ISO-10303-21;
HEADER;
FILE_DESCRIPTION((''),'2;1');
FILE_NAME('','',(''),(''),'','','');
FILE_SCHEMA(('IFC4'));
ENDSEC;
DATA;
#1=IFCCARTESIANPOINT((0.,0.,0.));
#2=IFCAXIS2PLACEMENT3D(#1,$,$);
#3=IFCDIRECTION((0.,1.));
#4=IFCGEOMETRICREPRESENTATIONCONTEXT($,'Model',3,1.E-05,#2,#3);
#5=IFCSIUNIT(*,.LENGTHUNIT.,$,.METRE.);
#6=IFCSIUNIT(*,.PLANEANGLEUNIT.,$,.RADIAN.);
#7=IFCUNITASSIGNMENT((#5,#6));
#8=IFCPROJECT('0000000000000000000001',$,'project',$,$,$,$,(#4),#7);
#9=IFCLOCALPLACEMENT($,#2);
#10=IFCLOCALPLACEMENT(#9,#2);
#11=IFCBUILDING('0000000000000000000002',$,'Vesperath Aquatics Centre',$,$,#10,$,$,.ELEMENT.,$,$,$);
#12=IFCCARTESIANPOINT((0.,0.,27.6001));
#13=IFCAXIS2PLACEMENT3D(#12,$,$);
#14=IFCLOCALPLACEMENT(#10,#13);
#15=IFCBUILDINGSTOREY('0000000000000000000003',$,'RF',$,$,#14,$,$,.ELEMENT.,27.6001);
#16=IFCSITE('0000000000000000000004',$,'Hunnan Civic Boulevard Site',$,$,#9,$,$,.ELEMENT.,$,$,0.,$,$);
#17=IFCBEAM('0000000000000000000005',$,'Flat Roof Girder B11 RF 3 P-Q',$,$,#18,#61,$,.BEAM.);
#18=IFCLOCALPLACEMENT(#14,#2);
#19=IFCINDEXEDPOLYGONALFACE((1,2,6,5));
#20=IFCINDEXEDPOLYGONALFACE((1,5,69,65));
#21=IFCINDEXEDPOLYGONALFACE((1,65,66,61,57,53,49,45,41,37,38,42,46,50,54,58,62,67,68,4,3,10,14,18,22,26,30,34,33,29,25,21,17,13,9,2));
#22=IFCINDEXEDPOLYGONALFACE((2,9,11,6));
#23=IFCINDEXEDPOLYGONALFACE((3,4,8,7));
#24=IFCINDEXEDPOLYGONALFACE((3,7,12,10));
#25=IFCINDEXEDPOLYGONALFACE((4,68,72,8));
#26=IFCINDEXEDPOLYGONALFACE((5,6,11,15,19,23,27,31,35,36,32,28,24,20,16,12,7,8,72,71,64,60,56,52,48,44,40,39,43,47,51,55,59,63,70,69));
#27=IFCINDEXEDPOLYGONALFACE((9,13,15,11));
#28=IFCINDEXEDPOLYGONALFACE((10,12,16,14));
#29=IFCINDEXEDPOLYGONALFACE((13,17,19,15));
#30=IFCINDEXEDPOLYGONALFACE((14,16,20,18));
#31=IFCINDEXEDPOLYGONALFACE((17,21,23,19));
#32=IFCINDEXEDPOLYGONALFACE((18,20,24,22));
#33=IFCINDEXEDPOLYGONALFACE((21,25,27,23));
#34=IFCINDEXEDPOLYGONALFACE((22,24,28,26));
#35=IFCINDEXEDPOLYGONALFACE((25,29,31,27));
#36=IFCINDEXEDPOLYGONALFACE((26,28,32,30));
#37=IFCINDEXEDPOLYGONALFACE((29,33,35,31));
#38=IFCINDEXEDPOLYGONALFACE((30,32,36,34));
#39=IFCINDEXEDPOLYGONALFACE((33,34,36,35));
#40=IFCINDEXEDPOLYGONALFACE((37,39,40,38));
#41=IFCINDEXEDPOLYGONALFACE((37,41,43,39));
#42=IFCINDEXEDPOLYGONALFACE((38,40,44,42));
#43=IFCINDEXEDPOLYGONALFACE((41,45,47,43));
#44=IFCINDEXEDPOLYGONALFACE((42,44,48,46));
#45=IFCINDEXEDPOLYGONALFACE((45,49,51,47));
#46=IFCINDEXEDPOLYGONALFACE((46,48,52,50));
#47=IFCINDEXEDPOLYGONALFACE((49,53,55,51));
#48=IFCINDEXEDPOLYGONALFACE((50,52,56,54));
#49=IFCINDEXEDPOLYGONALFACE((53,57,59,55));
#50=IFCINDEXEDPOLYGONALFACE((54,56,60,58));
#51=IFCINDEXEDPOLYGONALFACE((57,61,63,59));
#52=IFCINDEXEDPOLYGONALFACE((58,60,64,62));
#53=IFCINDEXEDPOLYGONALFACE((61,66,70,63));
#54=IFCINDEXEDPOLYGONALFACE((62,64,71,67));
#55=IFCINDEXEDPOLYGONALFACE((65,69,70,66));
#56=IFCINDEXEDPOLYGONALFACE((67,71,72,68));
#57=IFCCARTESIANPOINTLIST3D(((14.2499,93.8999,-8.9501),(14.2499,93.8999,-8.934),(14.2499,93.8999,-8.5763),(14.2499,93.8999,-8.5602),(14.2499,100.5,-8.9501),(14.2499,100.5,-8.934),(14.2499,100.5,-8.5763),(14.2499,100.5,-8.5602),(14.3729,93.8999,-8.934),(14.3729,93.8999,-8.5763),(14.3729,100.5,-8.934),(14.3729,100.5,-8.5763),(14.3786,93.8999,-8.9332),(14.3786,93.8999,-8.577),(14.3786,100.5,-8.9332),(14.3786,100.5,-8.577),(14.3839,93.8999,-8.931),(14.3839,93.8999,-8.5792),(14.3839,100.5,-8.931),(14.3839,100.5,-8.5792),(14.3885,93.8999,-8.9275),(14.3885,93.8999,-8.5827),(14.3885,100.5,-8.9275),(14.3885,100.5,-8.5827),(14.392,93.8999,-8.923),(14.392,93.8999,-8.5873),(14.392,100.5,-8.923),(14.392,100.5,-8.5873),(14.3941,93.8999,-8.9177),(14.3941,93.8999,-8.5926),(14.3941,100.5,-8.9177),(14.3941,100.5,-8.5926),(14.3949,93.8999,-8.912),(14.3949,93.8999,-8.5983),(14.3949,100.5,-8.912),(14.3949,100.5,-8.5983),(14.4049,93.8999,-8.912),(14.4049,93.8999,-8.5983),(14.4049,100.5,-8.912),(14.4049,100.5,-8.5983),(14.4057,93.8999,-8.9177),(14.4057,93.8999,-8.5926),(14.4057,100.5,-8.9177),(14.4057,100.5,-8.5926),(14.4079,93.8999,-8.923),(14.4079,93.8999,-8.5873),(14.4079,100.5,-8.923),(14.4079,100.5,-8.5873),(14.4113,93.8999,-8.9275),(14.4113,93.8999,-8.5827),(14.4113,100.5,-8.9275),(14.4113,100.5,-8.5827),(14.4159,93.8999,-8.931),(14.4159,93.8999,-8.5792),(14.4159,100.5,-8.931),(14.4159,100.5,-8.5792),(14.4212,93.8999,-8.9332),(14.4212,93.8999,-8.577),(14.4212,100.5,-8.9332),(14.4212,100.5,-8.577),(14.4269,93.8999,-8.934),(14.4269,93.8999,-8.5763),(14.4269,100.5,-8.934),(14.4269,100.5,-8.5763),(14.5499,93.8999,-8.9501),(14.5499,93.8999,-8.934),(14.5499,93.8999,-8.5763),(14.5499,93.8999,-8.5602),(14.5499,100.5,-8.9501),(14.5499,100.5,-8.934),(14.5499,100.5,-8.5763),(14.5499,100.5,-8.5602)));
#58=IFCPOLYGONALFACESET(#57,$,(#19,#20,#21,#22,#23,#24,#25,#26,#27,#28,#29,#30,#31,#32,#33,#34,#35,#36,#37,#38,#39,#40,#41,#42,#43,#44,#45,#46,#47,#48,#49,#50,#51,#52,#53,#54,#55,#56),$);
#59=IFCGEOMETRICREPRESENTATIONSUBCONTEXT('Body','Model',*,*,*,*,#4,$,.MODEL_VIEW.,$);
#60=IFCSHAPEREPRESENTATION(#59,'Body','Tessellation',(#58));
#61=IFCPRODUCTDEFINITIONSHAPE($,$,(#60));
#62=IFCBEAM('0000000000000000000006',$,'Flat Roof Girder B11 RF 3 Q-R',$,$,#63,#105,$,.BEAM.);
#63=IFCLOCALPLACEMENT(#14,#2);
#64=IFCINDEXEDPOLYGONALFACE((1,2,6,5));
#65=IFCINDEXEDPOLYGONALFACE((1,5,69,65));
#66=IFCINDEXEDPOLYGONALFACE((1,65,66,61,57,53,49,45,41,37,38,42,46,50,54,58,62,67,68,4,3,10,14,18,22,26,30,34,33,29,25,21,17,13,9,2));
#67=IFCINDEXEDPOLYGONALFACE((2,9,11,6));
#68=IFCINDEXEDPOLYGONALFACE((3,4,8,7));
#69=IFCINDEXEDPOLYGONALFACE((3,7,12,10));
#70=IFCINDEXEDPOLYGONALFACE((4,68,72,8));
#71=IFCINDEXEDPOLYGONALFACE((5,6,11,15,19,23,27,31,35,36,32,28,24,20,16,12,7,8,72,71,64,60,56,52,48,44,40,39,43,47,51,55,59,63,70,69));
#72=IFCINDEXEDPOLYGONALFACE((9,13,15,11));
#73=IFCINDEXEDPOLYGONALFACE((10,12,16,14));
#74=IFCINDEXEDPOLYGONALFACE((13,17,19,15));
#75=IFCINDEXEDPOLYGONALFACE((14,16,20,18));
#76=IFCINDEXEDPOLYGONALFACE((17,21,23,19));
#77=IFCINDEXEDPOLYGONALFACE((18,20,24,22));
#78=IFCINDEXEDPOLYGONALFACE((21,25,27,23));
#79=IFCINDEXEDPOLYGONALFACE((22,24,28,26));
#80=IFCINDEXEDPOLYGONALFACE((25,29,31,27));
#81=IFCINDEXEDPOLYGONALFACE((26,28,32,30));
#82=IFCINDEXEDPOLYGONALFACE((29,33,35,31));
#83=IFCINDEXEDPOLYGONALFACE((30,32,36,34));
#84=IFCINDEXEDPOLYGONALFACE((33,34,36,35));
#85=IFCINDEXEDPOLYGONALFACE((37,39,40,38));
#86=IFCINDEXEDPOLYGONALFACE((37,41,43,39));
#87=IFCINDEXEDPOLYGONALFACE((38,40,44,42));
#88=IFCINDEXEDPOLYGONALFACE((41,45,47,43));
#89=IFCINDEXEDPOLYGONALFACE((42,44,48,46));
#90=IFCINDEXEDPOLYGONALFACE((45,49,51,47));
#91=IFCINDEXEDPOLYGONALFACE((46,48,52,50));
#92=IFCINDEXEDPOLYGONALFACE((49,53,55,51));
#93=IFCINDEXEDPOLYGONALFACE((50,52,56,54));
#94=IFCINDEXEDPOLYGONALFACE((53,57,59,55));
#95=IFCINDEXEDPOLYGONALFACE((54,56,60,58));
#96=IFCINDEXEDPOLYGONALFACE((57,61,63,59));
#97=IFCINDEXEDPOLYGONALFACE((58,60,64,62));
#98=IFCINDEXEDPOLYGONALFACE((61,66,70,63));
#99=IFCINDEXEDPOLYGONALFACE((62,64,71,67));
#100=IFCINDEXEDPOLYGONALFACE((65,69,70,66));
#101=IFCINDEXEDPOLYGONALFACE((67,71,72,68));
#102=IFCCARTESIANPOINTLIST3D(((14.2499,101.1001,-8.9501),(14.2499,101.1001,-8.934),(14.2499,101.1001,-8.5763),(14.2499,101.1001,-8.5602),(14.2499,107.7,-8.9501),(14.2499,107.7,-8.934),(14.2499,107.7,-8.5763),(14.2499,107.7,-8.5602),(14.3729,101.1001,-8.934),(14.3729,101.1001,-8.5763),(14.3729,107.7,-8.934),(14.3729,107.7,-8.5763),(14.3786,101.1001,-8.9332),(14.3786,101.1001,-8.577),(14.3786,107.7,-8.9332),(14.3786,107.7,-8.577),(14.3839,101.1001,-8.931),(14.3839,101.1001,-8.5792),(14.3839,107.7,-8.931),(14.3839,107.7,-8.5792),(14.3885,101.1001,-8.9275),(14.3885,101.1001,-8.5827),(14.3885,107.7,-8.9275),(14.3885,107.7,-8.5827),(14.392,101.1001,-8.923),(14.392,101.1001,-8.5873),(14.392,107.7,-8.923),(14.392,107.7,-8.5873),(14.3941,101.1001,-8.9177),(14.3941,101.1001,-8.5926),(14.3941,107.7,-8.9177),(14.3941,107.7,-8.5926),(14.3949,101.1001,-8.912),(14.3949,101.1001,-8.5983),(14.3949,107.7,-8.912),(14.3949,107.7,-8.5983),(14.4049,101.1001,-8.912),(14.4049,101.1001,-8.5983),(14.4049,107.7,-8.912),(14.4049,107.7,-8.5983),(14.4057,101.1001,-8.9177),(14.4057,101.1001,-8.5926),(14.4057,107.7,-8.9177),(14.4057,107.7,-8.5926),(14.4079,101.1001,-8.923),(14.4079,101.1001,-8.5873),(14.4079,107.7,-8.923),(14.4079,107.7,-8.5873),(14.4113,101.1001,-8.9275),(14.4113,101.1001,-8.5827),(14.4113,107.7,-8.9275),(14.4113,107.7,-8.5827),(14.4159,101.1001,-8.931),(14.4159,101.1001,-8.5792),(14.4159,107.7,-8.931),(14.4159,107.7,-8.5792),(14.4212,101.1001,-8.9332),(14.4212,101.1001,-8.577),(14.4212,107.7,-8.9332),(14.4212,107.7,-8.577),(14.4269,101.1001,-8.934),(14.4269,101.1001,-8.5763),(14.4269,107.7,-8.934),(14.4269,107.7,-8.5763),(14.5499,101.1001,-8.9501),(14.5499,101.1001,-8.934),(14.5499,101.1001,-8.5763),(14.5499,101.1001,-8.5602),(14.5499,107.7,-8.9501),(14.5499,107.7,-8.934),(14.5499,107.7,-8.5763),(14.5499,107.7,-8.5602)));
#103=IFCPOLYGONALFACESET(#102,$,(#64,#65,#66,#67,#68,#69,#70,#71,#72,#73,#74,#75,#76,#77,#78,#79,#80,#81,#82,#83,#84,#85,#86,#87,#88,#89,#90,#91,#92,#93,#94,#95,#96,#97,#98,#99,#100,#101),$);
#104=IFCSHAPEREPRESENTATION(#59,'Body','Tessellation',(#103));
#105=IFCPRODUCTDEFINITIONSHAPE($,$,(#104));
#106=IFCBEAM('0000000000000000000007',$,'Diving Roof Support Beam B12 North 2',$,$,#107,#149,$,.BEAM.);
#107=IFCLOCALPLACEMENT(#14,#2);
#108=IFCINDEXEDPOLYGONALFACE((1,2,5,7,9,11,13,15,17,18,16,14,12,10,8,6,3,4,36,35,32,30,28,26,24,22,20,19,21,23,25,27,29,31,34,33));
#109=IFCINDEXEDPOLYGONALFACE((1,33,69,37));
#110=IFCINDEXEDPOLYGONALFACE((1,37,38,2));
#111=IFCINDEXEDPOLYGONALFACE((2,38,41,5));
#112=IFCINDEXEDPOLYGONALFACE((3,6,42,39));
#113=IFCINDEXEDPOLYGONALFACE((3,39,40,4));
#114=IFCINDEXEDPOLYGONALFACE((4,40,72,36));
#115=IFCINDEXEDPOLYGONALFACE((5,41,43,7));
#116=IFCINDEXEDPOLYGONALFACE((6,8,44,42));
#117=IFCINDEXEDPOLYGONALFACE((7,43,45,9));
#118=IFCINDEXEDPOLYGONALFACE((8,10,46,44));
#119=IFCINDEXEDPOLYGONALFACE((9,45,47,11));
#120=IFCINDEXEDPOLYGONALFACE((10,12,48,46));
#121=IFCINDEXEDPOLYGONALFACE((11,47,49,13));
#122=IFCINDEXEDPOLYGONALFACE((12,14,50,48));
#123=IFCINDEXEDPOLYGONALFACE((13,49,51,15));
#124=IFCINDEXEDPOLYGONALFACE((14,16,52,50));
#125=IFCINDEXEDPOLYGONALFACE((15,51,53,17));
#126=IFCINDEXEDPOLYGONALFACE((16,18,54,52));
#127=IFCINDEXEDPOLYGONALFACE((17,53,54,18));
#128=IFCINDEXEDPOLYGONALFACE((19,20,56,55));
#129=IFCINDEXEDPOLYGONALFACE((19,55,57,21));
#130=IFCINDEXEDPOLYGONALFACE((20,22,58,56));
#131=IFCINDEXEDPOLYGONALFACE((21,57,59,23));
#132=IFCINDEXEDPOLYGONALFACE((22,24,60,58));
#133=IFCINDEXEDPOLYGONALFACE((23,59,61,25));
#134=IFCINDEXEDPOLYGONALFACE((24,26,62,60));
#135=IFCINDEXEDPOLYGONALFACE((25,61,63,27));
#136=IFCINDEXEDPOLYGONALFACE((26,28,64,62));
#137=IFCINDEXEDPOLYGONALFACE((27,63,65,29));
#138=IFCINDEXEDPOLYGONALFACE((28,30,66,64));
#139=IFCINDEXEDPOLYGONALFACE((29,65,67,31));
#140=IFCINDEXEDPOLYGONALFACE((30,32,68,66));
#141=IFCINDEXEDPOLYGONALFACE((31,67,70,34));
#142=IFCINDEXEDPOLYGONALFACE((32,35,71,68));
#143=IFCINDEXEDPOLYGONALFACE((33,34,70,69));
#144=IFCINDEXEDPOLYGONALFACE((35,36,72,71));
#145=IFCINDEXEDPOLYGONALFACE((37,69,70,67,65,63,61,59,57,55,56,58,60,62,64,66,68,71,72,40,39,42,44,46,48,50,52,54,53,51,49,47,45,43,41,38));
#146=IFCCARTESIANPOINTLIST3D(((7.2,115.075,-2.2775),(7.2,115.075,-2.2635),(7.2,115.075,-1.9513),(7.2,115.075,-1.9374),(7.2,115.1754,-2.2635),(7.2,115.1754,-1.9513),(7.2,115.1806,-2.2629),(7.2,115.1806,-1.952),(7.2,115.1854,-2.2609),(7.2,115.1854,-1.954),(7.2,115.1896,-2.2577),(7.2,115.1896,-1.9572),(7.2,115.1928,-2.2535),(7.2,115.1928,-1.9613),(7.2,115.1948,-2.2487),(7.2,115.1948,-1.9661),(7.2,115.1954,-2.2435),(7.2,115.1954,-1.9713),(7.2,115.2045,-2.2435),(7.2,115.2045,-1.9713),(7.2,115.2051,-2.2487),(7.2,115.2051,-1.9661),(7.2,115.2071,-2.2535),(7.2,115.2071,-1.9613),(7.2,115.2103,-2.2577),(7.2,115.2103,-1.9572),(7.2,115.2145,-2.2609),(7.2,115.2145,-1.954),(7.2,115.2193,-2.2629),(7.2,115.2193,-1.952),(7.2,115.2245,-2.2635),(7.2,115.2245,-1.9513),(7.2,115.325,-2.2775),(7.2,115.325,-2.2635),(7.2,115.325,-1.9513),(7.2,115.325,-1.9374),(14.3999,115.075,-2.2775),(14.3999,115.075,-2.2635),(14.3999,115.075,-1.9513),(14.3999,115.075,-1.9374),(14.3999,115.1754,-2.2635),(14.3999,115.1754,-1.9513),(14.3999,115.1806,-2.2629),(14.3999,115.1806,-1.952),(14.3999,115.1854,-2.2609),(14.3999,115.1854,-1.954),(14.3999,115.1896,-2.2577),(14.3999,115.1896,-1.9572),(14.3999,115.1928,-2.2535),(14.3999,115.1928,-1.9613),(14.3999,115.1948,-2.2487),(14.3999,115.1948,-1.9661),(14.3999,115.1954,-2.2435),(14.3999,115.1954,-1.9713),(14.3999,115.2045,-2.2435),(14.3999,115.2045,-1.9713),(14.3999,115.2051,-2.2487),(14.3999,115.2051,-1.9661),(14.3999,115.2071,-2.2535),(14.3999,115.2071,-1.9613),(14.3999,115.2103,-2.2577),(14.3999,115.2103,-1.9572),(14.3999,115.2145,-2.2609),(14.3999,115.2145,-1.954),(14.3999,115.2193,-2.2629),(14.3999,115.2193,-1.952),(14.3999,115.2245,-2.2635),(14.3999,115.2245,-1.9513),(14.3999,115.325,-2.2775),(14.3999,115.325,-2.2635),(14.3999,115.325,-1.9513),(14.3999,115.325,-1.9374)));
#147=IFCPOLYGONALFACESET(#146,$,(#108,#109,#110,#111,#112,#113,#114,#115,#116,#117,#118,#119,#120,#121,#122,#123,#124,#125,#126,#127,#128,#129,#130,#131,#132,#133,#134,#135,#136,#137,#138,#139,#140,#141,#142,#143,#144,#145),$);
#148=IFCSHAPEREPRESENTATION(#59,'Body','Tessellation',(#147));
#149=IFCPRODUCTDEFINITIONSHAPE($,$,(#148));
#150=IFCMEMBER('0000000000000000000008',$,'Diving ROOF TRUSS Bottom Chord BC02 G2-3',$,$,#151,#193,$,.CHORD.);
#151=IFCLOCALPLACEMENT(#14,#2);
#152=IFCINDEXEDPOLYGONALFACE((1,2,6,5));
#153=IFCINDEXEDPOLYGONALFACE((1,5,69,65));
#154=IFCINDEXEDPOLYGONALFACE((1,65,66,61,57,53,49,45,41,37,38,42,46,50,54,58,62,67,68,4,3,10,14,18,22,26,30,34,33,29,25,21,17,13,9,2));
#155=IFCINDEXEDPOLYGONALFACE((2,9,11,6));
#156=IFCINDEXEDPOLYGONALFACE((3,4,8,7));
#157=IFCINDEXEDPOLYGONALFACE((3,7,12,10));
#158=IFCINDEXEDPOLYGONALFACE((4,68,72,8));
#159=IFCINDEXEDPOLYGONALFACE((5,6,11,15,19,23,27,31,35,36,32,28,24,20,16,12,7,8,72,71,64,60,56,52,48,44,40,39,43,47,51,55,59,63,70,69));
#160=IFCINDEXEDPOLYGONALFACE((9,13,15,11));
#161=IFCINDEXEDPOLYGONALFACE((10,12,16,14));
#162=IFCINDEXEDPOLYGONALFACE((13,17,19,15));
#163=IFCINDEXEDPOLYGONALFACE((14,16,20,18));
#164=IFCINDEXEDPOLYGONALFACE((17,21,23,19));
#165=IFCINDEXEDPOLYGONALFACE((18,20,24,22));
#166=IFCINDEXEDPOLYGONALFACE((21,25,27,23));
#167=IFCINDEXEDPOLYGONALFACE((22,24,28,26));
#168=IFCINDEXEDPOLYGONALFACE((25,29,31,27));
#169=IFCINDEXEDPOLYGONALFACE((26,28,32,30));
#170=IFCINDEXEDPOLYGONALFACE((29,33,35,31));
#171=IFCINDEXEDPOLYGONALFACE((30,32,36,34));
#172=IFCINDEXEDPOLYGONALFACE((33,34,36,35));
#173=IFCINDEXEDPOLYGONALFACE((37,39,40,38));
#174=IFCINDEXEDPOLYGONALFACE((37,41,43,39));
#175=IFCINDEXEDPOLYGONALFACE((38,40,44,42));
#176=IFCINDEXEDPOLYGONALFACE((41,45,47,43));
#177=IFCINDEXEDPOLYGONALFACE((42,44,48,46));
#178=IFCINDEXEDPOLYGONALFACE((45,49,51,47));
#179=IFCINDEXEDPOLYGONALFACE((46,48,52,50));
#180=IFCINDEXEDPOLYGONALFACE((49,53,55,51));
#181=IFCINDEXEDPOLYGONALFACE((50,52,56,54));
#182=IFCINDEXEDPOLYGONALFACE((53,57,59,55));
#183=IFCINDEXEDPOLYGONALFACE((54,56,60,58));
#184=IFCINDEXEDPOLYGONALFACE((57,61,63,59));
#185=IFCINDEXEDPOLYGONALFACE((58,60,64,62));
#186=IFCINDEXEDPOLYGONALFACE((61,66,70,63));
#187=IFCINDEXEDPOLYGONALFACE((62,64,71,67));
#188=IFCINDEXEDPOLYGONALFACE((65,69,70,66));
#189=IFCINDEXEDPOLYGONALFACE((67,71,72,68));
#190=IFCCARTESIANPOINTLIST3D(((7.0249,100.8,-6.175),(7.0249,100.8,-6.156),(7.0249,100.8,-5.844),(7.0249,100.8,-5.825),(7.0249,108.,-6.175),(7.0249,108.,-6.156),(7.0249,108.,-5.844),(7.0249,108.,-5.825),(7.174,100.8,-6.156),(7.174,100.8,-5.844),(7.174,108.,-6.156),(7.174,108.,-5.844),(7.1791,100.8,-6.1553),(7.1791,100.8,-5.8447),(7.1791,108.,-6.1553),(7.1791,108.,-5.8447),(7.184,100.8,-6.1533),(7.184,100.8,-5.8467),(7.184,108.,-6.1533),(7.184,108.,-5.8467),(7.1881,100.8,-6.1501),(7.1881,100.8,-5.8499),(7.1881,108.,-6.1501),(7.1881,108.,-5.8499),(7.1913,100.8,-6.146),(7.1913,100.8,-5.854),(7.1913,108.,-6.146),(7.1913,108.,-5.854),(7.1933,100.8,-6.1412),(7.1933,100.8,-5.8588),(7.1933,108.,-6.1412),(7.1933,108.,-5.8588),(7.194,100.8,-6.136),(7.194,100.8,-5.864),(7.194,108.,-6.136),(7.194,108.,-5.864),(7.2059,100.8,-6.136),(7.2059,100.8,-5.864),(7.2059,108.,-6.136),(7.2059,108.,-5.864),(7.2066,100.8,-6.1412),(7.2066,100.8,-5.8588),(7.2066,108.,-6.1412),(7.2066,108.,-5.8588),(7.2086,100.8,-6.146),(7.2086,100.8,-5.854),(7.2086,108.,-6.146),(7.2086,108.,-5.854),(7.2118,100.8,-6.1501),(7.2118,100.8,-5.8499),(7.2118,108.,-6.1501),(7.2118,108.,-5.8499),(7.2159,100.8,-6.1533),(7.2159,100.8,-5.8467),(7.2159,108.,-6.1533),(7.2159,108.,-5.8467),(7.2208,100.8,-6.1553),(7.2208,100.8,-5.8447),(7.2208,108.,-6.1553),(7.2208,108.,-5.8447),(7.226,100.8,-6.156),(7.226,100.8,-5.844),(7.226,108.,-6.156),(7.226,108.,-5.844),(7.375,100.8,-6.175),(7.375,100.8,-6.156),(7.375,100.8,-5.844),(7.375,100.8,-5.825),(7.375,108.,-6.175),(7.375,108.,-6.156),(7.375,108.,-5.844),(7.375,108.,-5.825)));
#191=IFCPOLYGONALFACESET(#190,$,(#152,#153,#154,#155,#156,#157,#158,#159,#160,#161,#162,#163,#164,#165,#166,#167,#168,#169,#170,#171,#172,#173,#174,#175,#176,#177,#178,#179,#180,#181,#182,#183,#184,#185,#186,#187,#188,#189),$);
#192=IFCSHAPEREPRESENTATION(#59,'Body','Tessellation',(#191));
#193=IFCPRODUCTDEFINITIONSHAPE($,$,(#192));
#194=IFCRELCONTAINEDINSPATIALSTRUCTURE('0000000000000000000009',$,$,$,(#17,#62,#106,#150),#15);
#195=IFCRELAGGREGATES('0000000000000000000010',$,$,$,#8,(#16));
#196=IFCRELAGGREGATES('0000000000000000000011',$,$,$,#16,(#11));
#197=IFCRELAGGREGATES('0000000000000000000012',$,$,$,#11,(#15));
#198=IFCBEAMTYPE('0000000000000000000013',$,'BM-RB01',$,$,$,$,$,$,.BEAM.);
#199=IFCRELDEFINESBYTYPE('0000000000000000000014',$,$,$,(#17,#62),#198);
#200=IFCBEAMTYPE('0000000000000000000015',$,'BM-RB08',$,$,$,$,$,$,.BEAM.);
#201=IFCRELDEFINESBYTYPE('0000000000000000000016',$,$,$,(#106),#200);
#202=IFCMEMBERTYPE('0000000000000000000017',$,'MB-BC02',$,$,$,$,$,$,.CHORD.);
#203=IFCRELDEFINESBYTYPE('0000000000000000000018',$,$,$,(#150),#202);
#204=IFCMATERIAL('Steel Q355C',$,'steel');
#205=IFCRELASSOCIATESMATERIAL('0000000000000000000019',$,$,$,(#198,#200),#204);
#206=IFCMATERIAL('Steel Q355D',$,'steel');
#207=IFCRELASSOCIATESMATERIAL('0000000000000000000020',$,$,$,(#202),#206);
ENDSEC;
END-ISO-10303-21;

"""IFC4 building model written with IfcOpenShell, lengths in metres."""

from ifc_helpers import new_model, si_unit, direction, frame, origin, origin_2d, place, context, subcontext, project, spatial, i_section, extrude, material, material_profile, profile_set, type_object, element, save


model = new_model("IFC4")

# Units and contexts
model_context = context("Model", 3, precision=1e-05, world=origin(), true_north=direction((0.0, 1.0)))
body_context = subcontext(model_context, "Body", "Model", "MODEL_VIEW")
ifc_project = project(units=[si_unit("LENGTHUNIT", "METRE"), si_unit("PLANEANGLEUNIT", "RADIAN")], contexts=[model_context])

# Site, building, storey
site_placement = place(None, origin())
site = spatial("IfcSite", under=ifc_project, at=site_placement, Name="Hunnan Civic Boulevard Site", CompositionType="ELEMENT", RefElevation=0.0)
building_placement = place(site_placement, origin())
building = spatial("IfcBuilding", under=site, at=building_placement, Name="Vesperath Aquatics Centre", CompositionType="ELEMENT")
storey_placement = place(building_placement, frame((0.0, 0.0, 27.6001)))
storey = spatial("IfcBuildingStorey", under=building, at=storey_placement, Name="RF", CompositionType="ELEMENT", Elevation=27.6001)

# Beams
ifc_material_1 = material(Name="Steel Q355C", Category="steel")
ifc_material_profile_1 = material_profile(ifc_material_1, i_section(OverallWidth=0.3, OverallDepth=0.3899, WebThickness=0.01, FlangeThickness=0.0161, FilletRadius=0.022, at=origin_2d()), Name="HM 390x300x10x16")
ifc_profile_set_1 = profile_set([ifc_material_profile_1], Name="Steel Q355C")
beam_type_1 = type_object("IfcBeamType", Name="BM-RB01", PredefinedType="BEAM", material=ifc_profile_set_1)
beam_1_placement = place(storey_placement, frame((14.3999, 93.8999, -8.7551), z_axis=(0.0, 1.0, 0.0), x_axis=(-1.0, 0.0, 0.0)))
element("IfcBeam", 1, at=beam_1_placement, inside=storey, type_object=beam_type_1, Name="Flat Roof Girder B11 RF 3 P-Q", PredefinedType="BEAM", context=body_context, shape_type="SweptSolid", body=[
    extrude(i_section(OverallWidth=0.3, OverallDepth=0.3899, WebThickness=0.01, FlangeThickness=0.0161, FilletRadius=0.022, at=origin_2d()), origin(), (0.0, 0.0, 1.0), 6.6001),
])
beam_2_placement = place(storey_placement, frame((14.3999, 101.1001, -8.7551), z_axis=(0.0, 1.0, 0.0), x_axis=(-1.0, 0.0, 0.0)))
element("IfcBeam", 2, at=beam_2_placement, inside=storey, type_object=beam_type_1, Name="Flat Roof Girder B11 RF 3 Q-R", PredefinedType="BEAM", context=body_context, shape_type="SweptSolid", body=[
    extrude(i_section(OverallWidth=0.3, OverallDepth=0.3899, WebThickness=0.01, FlangeThickness=0.0161, FilletRadius=0.022, at=origin_2d()), origin(), (0.0, 0.0, 1.0), 6.5999),
])
ifc_material_profile_2 = material_profile(ifc_material_1, i_section(OverallWidth=0.25, OverallDepth=0.3401, WebThickness=0.009, FlangeThickness=0.0139, FilletRadius=0.02, at=origin_2d()), Name="HM 340x250x9x14")
ifc_profile_set_2 = profile_set([ifc_material_profile_2], Name="Steel Q355C")
beam_type_2 = type_object("IfcBeamType", Name="BM-RB08", PredefinedType="BEAM", material=ifc_profile_set_2)
beam_3_placement = place(storey_placement, frame((7.2, 115.2, -2.1074), z_axis=(1.0, 0.0, 0.0), x_axis=(0.0, 1.0, 0.0)))
element("IfcBeam", 3, at=beam_3_placement, inside=storey, type_object=beam_type_2, Name="Diving Roof Support Beam B12 North 2", PredefinedType="BEAM", context=body_context, shape_type="SweptSolid", body=[
    extrude(i_section(OverallWidth=0.25, OverallDepth=0.3401, WebThickness=0.009, FlangeThickness=0.0139, FilletRadius=0.02, at=origin_2d()), origin(), (0.0, 0.0, 1.0), 7.2),
])

# Member
ifc_material_2 = material(Name="Steel Q355D", Category="steel")
ifc_material_profile_3 = material_profile(ifc_material_2, i_section(OverallWidth=0.3501, OverallDepth=0.3501, WebThickness=0.012, FlangeThickness=0.019, FilletRadius=0.02, at=origin_2d()), Name="HW 350x350x12x19")
ifc_profile_set_3 = profile_set([ifc_material_profile_3], Name="Steel Q355D")
member_type_1 = type_object("IfcMemberType", Name="MB-BC02", PredefinedType="CHORD", material=ifc_profile_set_3)
for number, where, z_axis, x_axis, name in (
    (4, (7.2, 100.8, -6.0), (0.0, 1.0, 0.0), (-1.0, 0.0, 0.0), "Diving ROOF TRUSS Bottom Chord BC02 G2-3"),
):
    element("IfcMember", number, at=place(storey_placement, frame(where, z_axis=z_axis, x_axis=x_axis)), inside=storey, type_object=member_type_1, Name=name, PredefinedType="CHORD", context=body_context, shape_type="SweptSolid", body=[
        extrude(i_section(OverallWidth=0.3501, OverallDepth=0.3501, WebThickness=0.012, FlangeThickness=0.019, FilletRadius=0.02, at=origin_2d()), origin(), (0.0, 0.0, 1.0), 7.2),
    ])

save(model, "model.ifc")
